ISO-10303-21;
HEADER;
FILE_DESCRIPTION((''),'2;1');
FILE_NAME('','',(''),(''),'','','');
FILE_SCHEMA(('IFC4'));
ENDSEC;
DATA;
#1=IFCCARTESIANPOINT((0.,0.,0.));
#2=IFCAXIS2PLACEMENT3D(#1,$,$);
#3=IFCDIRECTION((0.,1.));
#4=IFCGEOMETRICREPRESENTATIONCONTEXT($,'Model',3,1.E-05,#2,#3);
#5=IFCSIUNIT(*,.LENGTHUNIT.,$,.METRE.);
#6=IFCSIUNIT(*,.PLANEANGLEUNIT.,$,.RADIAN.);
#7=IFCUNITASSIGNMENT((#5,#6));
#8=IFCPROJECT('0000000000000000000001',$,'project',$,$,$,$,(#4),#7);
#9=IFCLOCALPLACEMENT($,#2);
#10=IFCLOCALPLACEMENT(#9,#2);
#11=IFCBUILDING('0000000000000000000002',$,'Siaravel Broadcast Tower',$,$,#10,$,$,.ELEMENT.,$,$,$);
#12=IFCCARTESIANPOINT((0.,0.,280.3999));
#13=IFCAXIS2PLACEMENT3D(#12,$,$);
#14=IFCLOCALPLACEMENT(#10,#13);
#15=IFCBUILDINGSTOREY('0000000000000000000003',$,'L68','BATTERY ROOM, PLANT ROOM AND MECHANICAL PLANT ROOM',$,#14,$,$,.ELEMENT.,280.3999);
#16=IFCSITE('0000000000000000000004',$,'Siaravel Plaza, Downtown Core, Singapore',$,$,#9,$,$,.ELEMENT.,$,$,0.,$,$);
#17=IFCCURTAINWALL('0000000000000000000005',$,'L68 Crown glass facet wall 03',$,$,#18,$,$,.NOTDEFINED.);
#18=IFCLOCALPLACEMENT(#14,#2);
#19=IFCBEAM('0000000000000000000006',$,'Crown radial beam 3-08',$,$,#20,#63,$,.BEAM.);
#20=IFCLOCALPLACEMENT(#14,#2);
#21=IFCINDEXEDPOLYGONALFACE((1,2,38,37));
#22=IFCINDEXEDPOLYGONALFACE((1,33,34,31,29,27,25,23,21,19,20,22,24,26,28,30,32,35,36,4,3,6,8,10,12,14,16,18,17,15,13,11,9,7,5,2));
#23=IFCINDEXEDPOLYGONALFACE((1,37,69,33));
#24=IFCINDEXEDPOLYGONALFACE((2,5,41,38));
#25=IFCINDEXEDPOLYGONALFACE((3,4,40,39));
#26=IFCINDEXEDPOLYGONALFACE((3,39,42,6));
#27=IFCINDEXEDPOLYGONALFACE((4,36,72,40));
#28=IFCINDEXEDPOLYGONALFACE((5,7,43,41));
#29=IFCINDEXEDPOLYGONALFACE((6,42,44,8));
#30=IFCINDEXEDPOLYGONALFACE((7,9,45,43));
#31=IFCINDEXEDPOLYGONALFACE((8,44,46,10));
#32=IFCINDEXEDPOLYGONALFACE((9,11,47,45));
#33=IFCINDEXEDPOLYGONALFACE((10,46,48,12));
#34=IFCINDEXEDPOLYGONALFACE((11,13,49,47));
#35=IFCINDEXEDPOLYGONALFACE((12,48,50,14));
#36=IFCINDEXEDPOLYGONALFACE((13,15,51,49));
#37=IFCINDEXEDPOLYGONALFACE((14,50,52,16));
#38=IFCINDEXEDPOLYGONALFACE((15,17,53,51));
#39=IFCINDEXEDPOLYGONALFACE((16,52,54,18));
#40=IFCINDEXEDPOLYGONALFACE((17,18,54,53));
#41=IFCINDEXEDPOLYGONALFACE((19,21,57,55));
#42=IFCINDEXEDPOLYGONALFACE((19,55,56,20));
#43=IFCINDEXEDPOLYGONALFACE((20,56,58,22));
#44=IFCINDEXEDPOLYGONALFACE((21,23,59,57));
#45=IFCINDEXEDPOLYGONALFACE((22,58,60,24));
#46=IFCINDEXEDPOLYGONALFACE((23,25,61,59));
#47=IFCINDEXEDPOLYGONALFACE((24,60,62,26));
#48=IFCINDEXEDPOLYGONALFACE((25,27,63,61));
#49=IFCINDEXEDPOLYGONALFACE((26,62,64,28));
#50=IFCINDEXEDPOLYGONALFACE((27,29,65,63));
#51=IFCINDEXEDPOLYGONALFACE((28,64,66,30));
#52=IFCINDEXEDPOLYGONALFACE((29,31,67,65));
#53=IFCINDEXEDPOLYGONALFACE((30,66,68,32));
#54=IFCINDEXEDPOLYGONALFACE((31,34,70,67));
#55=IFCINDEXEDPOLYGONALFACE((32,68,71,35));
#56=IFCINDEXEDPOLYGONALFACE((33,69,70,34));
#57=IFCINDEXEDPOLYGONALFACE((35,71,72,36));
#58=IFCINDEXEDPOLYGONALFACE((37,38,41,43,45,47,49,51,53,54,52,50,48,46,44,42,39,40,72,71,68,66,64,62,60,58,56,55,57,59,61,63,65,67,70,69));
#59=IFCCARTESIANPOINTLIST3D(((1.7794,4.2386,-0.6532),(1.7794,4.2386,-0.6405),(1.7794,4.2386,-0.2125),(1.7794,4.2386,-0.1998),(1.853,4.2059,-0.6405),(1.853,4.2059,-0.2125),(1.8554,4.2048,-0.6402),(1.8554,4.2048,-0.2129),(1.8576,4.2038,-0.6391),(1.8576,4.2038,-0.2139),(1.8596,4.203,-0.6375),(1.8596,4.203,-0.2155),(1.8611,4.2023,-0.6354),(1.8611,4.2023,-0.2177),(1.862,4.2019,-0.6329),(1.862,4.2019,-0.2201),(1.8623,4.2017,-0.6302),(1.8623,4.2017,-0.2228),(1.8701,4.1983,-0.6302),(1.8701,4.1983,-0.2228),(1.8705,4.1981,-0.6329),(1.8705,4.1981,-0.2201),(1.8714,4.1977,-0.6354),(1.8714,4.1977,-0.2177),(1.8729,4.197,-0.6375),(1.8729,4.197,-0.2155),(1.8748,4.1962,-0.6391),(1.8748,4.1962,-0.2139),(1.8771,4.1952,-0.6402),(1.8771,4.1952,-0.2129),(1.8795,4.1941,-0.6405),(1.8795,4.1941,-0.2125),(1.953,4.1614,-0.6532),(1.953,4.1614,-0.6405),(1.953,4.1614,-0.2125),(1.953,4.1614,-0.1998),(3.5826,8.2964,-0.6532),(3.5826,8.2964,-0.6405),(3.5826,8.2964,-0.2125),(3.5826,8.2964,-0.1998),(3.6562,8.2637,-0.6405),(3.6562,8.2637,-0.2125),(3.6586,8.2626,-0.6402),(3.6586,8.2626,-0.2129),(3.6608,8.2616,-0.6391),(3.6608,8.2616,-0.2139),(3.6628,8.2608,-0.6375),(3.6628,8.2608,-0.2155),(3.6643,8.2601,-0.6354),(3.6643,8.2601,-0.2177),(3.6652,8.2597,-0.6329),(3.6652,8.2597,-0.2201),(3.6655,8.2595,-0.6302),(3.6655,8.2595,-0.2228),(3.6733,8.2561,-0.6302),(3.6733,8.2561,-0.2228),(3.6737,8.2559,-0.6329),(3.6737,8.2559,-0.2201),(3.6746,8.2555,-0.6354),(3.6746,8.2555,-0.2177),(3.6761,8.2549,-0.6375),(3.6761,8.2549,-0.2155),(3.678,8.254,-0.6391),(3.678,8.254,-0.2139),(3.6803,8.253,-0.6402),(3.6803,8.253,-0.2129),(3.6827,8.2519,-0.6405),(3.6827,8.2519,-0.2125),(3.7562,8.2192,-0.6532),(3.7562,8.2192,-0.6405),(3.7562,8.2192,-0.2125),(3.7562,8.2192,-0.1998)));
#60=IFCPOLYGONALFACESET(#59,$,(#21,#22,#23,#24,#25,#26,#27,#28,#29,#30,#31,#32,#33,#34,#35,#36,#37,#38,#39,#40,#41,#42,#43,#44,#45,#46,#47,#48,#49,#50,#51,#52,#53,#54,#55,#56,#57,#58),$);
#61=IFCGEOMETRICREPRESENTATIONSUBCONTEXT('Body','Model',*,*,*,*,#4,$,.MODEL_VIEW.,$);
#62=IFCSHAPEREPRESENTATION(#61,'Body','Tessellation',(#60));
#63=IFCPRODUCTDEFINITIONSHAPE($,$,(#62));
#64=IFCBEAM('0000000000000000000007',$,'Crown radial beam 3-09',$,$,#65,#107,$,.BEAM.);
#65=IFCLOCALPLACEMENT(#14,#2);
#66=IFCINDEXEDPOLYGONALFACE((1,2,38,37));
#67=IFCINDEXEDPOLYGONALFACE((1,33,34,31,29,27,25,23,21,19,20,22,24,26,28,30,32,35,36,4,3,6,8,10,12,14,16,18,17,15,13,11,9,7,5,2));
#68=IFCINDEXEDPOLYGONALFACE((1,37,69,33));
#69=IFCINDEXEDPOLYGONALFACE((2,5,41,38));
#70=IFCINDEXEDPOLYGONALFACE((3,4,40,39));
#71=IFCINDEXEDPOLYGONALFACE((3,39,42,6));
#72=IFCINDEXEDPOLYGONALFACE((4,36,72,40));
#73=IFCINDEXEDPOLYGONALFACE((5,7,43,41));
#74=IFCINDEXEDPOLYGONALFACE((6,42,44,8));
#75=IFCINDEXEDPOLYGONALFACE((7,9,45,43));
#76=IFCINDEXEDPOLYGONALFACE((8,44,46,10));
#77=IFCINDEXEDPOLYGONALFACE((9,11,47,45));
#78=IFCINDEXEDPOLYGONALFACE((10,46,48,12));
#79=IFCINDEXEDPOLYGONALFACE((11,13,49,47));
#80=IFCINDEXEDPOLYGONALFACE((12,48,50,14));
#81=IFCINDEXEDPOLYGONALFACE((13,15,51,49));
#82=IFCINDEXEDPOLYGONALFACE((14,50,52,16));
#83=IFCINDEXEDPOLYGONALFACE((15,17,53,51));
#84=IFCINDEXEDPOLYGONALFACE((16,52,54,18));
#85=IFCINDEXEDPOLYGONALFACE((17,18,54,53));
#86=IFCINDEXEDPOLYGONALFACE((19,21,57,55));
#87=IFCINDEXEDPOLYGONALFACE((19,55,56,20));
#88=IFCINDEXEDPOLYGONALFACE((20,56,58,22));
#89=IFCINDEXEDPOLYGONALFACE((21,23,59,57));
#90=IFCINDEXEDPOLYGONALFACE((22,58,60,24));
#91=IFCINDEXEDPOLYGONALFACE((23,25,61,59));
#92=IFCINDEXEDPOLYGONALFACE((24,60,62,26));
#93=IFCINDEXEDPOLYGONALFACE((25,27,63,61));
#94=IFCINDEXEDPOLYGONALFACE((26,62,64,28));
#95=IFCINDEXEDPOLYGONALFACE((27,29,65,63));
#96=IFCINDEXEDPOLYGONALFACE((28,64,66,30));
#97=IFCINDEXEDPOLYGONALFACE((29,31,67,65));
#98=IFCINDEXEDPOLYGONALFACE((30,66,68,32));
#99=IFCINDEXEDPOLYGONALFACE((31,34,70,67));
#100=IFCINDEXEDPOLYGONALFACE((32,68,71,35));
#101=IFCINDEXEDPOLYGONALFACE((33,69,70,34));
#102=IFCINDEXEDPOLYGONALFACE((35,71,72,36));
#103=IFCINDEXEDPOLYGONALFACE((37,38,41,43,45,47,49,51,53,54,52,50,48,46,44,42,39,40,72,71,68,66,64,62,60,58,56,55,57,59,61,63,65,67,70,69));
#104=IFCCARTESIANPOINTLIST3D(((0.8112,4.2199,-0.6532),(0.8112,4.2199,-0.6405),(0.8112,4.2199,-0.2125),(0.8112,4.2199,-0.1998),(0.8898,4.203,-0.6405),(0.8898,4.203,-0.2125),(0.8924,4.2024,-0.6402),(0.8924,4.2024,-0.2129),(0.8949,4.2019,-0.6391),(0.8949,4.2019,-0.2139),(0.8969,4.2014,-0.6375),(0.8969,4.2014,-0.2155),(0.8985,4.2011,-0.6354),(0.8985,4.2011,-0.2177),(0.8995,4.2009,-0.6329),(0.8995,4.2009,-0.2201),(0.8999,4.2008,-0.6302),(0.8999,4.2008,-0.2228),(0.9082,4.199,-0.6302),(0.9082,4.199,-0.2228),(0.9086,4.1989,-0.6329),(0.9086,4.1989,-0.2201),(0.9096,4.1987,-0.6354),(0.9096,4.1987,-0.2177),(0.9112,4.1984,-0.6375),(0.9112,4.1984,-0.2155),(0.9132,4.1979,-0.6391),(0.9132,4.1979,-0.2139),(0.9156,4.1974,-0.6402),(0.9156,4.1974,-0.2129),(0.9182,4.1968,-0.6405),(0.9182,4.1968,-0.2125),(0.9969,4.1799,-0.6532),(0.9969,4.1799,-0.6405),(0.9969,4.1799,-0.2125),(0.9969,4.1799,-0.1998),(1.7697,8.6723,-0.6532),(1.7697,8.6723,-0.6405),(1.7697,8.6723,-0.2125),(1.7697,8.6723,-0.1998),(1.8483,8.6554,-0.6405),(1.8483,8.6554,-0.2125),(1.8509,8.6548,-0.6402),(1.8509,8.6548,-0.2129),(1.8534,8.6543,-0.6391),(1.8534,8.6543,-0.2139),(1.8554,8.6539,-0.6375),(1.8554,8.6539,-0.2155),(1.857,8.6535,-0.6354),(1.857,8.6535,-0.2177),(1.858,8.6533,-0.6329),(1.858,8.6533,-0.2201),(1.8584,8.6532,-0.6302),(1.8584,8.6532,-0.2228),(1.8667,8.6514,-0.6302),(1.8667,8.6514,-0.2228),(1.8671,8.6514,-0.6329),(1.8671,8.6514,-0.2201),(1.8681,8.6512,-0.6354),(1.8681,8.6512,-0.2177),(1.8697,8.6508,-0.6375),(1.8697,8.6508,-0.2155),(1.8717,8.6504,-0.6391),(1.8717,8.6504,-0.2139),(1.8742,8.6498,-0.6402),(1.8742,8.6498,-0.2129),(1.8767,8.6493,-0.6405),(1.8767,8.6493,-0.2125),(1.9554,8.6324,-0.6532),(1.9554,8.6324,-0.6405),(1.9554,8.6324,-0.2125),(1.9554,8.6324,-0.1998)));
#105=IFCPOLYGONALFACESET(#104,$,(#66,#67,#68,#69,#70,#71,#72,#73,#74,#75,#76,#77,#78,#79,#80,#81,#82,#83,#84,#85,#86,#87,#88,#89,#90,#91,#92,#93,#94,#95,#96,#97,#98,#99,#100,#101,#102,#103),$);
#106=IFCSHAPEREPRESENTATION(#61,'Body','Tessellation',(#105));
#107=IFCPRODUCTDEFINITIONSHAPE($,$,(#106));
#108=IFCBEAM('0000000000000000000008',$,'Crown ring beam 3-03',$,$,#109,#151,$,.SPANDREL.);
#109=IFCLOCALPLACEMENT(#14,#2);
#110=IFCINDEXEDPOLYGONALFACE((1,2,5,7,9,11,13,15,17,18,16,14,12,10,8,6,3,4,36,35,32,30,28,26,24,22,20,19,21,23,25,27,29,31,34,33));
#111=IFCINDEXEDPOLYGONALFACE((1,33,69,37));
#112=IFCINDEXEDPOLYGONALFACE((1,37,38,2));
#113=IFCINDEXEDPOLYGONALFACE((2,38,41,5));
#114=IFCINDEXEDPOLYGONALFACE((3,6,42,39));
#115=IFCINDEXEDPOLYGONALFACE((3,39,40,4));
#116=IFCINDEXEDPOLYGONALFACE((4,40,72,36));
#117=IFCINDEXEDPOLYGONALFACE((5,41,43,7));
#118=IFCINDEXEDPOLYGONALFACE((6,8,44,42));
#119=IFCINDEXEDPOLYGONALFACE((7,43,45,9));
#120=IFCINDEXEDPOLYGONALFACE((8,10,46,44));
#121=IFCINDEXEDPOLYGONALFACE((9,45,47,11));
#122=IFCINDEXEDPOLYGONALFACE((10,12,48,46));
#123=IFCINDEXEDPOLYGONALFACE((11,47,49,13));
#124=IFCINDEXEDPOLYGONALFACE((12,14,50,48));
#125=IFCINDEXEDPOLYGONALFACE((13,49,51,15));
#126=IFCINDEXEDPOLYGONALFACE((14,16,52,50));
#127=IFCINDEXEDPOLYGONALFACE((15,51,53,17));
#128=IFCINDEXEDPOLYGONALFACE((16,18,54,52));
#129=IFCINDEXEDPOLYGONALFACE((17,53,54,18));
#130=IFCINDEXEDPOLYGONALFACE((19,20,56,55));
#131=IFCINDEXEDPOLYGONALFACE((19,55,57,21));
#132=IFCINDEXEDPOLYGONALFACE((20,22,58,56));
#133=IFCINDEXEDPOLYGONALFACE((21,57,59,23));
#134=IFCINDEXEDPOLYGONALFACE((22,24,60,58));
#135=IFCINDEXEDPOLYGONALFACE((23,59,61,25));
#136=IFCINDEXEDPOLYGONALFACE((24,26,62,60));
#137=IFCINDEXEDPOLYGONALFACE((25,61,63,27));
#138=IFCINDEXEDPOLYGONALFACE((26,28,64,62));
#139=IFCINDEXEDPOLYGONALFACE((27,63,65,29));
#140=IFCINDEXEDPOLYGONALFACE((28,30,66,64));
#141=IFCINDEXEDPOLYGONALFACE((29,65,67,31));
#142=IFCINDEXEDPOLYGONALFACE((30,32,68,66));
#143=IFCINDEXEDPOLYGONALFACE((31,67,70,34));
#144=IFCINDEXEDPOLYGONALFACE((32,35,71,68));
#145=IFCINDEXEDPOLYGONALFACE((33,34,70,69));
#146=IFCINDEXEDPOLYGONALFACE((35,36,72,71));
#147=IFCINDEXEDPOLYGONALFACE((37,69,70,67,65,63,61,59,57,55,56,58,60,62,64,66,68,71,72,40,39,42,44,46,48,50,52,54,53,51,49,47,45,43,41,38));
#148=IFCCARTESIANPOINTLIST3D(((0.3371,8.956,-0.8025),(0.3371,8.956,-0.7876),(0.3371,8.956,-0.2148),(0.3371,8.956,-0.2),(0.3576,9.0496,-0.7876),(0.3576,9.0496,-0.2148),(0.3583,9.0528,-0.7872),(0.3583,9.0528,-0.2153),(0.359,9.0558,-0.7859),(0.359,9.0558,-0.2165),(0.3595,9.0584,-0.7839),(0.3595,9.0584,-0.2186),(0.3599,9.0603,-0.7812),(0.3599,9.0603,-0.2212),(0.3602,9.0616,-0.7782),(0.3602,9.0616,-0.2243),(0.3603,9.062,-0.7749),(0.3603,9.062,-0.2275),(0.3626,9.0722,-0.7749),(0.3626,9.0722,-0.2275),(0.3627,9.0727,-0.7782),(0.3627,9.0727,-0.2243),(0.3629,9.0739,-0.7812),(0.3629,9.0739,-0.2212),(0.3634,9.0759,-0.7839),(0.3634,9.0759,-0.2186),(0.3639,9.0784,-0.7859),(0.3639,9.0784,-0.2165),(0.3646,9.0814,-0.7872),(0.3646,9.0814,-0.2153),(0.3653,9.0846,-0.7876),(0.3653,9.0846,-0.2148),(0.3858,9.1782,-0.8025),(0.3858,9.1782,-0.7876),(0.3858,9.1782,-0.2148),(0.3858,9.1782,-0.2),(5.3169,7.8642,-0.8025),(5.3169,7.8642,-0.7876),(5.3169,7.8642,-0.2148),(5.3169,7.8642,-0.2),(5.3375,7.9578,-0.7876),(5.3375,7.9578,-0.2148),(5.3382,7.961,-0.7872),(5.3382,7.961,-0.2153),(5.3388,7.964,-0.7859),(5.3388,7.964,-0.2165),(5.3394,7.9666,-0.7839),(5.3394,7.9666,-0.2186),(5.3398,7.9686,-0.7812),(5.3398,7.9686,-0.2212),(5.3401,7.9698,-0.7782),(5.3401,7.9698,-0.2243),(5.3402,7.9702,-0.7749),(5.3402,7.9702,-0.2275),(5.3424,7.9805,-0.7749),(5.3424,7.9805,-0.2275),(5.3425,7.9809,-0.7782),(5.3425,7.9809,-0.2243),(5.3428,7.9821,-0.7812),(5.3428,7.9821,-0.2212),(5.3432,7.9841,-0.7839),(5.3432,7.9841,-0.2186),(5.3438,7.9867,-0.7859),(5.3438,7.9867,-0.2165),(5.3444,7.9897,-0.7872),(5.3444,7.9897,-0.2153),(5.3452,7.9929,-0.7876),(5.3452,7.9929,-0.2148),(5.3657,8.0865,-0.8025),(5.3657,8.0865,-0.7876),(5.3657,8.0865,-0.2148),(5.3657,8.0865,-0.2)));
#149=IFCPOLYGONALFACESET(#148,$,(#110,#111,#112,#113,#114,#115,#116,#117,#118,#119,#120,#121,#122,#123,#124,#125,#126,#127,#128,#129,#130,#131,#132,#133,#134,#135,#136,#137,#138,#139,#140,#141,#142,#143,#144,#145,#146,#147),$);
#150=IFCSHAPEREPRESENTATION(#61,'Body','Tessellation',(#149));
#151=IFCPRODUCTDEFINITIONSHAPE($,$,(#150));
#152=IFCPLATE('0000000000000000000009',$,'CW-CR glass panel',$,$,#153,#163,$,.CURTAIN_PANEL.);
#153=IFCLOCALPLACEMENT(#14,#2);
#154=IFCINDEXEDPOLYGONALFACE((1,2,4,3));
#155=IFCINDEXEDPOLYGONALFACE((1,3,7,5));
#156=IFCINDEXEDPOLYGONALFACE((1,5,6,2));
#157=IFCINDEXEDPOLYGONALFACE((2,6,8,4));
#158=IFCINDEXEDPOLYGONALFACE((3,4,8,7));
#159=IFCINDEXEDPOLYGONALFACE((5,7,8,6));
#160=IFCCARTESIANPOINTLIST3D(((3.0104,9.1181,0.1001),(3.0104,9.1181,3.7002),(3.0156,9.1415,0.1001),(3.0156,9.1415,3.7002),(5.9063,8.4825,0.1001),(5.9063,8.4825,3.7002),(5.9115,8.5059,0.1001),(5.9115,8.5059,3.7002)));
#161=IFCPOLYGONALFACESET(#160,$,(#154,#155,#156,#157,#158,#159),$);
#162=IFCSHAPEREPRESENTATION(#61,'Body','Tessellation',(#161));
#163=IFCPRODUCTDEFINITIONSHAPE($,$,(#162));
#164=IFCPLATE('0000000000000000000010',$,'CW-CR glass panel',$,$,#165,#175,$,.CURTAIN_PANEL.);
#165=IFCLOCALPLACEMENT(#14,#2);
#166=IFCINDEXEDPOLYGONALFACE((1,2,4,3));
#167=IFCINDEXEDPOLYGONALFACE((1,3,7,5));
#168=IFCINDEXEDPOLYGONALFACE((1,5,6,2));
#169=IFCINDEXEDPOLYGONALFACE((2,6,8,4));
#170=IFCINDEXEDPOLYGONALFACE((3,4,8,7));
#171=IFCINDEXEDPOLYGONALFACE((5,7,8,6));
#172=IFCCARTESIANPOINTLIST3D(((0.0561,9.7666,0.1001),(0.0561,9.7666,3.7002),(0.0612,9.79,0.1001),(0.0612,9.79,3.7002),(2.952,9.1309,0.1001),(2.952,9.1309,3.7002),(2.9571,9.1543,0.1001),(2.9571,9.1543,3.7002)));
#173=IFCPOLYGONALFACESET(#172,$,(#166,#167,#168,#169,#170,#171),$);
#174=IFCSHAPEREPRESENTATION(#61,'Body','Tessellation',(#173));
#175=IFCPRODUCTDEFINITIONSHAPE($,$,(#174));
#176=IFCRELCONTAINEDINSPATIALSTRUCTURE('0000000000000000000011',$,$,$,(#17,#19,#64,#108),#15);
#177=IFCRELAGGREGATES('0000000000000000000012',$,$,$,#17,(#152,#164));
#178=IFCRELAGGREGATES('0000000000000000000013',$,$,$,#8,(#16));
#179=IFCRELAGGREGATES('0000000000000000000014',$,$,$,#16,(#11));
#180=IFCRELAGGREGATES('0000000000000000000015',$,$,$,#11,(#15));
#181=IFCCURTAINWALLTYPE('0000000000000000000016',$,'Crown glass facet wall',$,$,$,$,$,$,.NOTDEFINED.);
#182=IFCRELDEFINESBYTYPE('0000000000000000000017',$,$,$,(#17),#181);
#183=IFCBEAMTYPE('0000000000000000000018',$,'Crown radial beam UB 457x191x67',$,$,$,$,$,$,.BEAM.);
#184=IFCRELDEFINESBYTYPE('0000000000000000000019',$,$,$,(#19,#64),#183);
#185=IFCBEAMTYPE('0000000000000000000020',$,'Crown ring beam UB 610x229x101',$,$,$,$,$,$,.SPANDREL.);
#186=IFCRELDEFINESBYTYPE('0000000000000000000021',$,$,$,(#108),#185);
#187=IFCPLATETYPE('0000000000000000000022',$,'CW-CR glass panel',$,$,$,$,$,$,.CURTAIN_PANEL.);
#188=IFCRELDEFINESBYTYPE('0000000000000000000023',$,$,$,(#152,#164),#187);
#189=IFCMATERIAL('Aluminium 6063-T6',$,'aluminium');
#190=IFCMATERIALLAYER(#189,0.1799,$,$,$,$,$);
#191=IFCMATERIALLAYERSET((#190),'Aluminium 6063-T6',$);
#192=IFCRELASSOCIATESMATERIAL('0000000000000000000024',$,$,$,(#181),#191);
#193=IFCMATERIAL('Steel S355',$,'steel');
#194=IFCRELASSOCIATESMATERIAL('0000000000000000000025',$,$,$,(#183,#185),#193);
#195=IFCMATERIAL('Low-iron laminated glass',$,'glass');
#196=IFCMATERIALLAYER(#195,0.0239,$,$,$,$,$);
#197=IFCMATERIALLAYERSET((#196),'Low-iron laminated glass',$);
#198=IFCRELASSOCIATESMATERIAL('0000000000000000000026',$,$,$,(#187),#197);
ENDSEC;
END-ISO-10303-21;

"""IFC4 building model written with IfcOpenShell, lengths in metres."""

from ifc_helpers import new_model, si_unit, direction, frame, origin, origin_2d, place, context, subcontext, project, spatial, rectangle, i_section, extrude, material, layer, layer_set, material_profile, profile_set, type_object, element, aggregate, save


model = new_model("IFC4")

# Units and contexts
model_context = context("Model", 3, precision=1e-05, world=origin(), true_north=direction((0.0, 1.0)))
body_context = subcontext(model_context, "Body", "Model", "MODEL_VIEW")
ifc_project = project(units=[si_unit("LENGTHUNIT", "METRE"), si_unit("PLANEANGLEUNIT", "RADIAN")], contexts=[model_context])

# Site, building, storey
site_placement = place(None, origin())
site = spatial("IfcSite", under=ifc_project, at=site_placement, Name="Siaravel Plaza, Downtown Core, Singapore", CompositionType="ELEMENT", RefElevation=0.0)
building_placement = place(site_placement, origin())
building = spatial("IfcBuilding", under=site, at=building_placement, Name="Siaravel Broadcast Tower", CompositionType="ELEMENT")
storey_placement = place(building_placement, frame((0.0, 0.0, 280.3999)))
storey = spatial("IfcBuildingStorey", under=building, at=storey_placement, Name="L68", Description="BATTERY ROOM, PLANT ROOM AND MECHANICAL PLANT ROOM", CompositionType="ELEMENT", Elevation=280.3999)

# Curtain wall
ifc_material_1 = material(Name="Aluminium 6063-T6", Category="aluminium")
ifc_layer_1 = layer(ifc_material_1, 0.1799)
ifc_layer_set_1 = layer_set([ifc_layer_1], Name="Aluminium 6063-T6")
curtain_wall_type = type_object("IfcCurtainWallType", Name="Crown glass facet wall", PredefinedType="NOTDEFINED", material=ifc_layer_set_1)
curtain_wall_placement = place(storey_placement, origin())
curtain_wall = element("IfcCurtainWall", 1, at=curtain_wall_placement, inside=storey, type_object=curtain_wall_type, Name="L68 Crown glass facet wall 03", PredefinedType="NOTDEFINED")

# Beams
ifc_material_2 = material(Name="Steel S355", Category="steel")
ifc_material_profile_1 = material_profile(ifc_material_2, i_section(OverallWidth=0.1899, OverallDepth=0.4534, WebThickness=0.0085, FlangeThickness=0.0127, FilletRadius=0.0103, at=origin_2d()))
ifc_profile_set_1 = profile_set([ifc_material_profile_1], Name="Steel S355")
beam_type_1 = type_object("IfcBeamType", Name="Crown radial beam UB 457x191x67", PredefinedType="BEAM", material=ifc_profile_set_1)
beam_1_placement = place(storey_placement, frame((3.6694, 8.2578, -0.4265), z_axis=(-0.406087, -0.913834, 0.0), x_axis=(0.913834, -0.406087, 0.0)))
element("IfcBeam", 2, at=beam_1_placement, inside=storey, type_object=beam_type_1, Name="Crown radial beam 3-08", PredefinedType="BEAM", context=body_context, shape_type="SweptSolid", body=[
    extrude(i_section(OverallWidth=0.1899, OverallDepth=0.4534, WebThickness=0.0085, FlangeThickness=0.0127, FilletRadius=0.0103, at=origin_2d()), origin(), (0.0, 0.0, 1.0), 4.4404),
])
beam_2_placement = place(storey_placement, frame((1.8625, 8.6523, -0.4265), z_axis=(-0.210455, -0.977604, 0.0), x_axis=(0.977604, -0.210455, 0.0)))
element("IfcBeam", 3, at=beam_2_placement, inside=storey, type_object=beam_type_1, Name="Crown radial beam 3-09", PredefinedType="BEAM", context=body_context, shape_type="SweptSolid", body=[
    extrude(i_section(OverallWidth=0.1899, OverallDepth=0.4534, WebThickness=0.0085, FlangeThickness=0.0127, FilletRadius=0.0103, at=origin_2d()), origin(), (0.0, 0.0, 1.0), 4.5544),
])
ifc_material_profile_2 = material_profile(ifc_material_2, i_section(OverallWidth=0.2275, OverallDepth=0.6025, WebThickness=0.0105, FlangeThickness=0.0149, FilletRadius=0.0127, at=origin_2d()))
ifc_profile_set_2 = profile_set([ifc_material_profile_2], Name="Steel S355")
beam_type_2 = type_object("IfcBeamType", Name="Crown ring beam UB 610x229x101", PredefinedType="SPANDREL", material=ifc_profile_set_2)
beam_3_placement = place(storey_placement, frame((5.3413, 7.9753, -0.5012), z_axis=(-0.976801, 0.214151, 0.0), x_axis=(-0.214151, -0.976801, 0.0)))
element("IfcBeam", 4, at=beam_3_placement, inside=storey, type_object=beam_type_2, Name="Crown ring beam 3-03", PredefinedType="SPANDREL", context=body_context, shape_type="SweptSolid", body=[
    extrude(i_section(OverallWidth=0.2275, OverallDepth=0.6025, WebThickness=0.0105, FlangeThickness=0.0149, FilletRadius=0.0127, at=origin_2d()), origin(), (0.0, 0.0, 1.0), 5.0981),
])

# Plates
ifc_material_3 = material(Name="Low-iron laminated glass", Category="glass")
ifc_layer_2 = layer(ifc_material_3, 0.0239)
ifc_layer_set_2 = layer_set([ifc_layer_2], Name="Low-iron laminated glass")
plate_type = type_object("IfcPlateType", Name="CW-CR glass panel", PredefinedType="CURTAIN_PANEL", material=ifc_layer_set_2)
plate_1_placement = place(storey_placement, frame((4.4609, 8.812, 0.1001), z_axis=(0.0, 0.0, 1.0), x_axis=(-0.976747, 0.214394, 0.0)))
plate_1 = element("IfcPlate", 5, at=plate_1_placement, type_object=plate_type, Name="CW-CR glass panel", PredefinedType="CURTAIN_PANEL", context=body_context, shape_type="SweptSolid", body=[
    extrude(rectangle(XDim=2.9648, YDim=0.0239, at=origin_2d()), origin(), (0.0, 0.0, 1.0), 3.6001),
])
plate_2_placement = place(storey_placement, frame((1.5066, 9.4604, 0.1001), z_axis=(0.0, 0.0, 1.0), x_axis=(-0.976747, 0.214394, 0.0)))
plate_2 = element("IfcPlate", 6, at=plate_2_placement, type_object=plate_type, Name="CW-CR glass panel", PredefinedType="CURTAIN_PANEL", context=body_context, shape_type="SweptSolid", body=[
    extrude(rectangle(XDim=2.9648, YDim=0.0239, at=origin_2d()), origin(), (0.0, 0.0, 1.0), 3.6001),
])
aggregate(curtain_wall, [plate_1, plate_2])

save(model, "model.ifc")
